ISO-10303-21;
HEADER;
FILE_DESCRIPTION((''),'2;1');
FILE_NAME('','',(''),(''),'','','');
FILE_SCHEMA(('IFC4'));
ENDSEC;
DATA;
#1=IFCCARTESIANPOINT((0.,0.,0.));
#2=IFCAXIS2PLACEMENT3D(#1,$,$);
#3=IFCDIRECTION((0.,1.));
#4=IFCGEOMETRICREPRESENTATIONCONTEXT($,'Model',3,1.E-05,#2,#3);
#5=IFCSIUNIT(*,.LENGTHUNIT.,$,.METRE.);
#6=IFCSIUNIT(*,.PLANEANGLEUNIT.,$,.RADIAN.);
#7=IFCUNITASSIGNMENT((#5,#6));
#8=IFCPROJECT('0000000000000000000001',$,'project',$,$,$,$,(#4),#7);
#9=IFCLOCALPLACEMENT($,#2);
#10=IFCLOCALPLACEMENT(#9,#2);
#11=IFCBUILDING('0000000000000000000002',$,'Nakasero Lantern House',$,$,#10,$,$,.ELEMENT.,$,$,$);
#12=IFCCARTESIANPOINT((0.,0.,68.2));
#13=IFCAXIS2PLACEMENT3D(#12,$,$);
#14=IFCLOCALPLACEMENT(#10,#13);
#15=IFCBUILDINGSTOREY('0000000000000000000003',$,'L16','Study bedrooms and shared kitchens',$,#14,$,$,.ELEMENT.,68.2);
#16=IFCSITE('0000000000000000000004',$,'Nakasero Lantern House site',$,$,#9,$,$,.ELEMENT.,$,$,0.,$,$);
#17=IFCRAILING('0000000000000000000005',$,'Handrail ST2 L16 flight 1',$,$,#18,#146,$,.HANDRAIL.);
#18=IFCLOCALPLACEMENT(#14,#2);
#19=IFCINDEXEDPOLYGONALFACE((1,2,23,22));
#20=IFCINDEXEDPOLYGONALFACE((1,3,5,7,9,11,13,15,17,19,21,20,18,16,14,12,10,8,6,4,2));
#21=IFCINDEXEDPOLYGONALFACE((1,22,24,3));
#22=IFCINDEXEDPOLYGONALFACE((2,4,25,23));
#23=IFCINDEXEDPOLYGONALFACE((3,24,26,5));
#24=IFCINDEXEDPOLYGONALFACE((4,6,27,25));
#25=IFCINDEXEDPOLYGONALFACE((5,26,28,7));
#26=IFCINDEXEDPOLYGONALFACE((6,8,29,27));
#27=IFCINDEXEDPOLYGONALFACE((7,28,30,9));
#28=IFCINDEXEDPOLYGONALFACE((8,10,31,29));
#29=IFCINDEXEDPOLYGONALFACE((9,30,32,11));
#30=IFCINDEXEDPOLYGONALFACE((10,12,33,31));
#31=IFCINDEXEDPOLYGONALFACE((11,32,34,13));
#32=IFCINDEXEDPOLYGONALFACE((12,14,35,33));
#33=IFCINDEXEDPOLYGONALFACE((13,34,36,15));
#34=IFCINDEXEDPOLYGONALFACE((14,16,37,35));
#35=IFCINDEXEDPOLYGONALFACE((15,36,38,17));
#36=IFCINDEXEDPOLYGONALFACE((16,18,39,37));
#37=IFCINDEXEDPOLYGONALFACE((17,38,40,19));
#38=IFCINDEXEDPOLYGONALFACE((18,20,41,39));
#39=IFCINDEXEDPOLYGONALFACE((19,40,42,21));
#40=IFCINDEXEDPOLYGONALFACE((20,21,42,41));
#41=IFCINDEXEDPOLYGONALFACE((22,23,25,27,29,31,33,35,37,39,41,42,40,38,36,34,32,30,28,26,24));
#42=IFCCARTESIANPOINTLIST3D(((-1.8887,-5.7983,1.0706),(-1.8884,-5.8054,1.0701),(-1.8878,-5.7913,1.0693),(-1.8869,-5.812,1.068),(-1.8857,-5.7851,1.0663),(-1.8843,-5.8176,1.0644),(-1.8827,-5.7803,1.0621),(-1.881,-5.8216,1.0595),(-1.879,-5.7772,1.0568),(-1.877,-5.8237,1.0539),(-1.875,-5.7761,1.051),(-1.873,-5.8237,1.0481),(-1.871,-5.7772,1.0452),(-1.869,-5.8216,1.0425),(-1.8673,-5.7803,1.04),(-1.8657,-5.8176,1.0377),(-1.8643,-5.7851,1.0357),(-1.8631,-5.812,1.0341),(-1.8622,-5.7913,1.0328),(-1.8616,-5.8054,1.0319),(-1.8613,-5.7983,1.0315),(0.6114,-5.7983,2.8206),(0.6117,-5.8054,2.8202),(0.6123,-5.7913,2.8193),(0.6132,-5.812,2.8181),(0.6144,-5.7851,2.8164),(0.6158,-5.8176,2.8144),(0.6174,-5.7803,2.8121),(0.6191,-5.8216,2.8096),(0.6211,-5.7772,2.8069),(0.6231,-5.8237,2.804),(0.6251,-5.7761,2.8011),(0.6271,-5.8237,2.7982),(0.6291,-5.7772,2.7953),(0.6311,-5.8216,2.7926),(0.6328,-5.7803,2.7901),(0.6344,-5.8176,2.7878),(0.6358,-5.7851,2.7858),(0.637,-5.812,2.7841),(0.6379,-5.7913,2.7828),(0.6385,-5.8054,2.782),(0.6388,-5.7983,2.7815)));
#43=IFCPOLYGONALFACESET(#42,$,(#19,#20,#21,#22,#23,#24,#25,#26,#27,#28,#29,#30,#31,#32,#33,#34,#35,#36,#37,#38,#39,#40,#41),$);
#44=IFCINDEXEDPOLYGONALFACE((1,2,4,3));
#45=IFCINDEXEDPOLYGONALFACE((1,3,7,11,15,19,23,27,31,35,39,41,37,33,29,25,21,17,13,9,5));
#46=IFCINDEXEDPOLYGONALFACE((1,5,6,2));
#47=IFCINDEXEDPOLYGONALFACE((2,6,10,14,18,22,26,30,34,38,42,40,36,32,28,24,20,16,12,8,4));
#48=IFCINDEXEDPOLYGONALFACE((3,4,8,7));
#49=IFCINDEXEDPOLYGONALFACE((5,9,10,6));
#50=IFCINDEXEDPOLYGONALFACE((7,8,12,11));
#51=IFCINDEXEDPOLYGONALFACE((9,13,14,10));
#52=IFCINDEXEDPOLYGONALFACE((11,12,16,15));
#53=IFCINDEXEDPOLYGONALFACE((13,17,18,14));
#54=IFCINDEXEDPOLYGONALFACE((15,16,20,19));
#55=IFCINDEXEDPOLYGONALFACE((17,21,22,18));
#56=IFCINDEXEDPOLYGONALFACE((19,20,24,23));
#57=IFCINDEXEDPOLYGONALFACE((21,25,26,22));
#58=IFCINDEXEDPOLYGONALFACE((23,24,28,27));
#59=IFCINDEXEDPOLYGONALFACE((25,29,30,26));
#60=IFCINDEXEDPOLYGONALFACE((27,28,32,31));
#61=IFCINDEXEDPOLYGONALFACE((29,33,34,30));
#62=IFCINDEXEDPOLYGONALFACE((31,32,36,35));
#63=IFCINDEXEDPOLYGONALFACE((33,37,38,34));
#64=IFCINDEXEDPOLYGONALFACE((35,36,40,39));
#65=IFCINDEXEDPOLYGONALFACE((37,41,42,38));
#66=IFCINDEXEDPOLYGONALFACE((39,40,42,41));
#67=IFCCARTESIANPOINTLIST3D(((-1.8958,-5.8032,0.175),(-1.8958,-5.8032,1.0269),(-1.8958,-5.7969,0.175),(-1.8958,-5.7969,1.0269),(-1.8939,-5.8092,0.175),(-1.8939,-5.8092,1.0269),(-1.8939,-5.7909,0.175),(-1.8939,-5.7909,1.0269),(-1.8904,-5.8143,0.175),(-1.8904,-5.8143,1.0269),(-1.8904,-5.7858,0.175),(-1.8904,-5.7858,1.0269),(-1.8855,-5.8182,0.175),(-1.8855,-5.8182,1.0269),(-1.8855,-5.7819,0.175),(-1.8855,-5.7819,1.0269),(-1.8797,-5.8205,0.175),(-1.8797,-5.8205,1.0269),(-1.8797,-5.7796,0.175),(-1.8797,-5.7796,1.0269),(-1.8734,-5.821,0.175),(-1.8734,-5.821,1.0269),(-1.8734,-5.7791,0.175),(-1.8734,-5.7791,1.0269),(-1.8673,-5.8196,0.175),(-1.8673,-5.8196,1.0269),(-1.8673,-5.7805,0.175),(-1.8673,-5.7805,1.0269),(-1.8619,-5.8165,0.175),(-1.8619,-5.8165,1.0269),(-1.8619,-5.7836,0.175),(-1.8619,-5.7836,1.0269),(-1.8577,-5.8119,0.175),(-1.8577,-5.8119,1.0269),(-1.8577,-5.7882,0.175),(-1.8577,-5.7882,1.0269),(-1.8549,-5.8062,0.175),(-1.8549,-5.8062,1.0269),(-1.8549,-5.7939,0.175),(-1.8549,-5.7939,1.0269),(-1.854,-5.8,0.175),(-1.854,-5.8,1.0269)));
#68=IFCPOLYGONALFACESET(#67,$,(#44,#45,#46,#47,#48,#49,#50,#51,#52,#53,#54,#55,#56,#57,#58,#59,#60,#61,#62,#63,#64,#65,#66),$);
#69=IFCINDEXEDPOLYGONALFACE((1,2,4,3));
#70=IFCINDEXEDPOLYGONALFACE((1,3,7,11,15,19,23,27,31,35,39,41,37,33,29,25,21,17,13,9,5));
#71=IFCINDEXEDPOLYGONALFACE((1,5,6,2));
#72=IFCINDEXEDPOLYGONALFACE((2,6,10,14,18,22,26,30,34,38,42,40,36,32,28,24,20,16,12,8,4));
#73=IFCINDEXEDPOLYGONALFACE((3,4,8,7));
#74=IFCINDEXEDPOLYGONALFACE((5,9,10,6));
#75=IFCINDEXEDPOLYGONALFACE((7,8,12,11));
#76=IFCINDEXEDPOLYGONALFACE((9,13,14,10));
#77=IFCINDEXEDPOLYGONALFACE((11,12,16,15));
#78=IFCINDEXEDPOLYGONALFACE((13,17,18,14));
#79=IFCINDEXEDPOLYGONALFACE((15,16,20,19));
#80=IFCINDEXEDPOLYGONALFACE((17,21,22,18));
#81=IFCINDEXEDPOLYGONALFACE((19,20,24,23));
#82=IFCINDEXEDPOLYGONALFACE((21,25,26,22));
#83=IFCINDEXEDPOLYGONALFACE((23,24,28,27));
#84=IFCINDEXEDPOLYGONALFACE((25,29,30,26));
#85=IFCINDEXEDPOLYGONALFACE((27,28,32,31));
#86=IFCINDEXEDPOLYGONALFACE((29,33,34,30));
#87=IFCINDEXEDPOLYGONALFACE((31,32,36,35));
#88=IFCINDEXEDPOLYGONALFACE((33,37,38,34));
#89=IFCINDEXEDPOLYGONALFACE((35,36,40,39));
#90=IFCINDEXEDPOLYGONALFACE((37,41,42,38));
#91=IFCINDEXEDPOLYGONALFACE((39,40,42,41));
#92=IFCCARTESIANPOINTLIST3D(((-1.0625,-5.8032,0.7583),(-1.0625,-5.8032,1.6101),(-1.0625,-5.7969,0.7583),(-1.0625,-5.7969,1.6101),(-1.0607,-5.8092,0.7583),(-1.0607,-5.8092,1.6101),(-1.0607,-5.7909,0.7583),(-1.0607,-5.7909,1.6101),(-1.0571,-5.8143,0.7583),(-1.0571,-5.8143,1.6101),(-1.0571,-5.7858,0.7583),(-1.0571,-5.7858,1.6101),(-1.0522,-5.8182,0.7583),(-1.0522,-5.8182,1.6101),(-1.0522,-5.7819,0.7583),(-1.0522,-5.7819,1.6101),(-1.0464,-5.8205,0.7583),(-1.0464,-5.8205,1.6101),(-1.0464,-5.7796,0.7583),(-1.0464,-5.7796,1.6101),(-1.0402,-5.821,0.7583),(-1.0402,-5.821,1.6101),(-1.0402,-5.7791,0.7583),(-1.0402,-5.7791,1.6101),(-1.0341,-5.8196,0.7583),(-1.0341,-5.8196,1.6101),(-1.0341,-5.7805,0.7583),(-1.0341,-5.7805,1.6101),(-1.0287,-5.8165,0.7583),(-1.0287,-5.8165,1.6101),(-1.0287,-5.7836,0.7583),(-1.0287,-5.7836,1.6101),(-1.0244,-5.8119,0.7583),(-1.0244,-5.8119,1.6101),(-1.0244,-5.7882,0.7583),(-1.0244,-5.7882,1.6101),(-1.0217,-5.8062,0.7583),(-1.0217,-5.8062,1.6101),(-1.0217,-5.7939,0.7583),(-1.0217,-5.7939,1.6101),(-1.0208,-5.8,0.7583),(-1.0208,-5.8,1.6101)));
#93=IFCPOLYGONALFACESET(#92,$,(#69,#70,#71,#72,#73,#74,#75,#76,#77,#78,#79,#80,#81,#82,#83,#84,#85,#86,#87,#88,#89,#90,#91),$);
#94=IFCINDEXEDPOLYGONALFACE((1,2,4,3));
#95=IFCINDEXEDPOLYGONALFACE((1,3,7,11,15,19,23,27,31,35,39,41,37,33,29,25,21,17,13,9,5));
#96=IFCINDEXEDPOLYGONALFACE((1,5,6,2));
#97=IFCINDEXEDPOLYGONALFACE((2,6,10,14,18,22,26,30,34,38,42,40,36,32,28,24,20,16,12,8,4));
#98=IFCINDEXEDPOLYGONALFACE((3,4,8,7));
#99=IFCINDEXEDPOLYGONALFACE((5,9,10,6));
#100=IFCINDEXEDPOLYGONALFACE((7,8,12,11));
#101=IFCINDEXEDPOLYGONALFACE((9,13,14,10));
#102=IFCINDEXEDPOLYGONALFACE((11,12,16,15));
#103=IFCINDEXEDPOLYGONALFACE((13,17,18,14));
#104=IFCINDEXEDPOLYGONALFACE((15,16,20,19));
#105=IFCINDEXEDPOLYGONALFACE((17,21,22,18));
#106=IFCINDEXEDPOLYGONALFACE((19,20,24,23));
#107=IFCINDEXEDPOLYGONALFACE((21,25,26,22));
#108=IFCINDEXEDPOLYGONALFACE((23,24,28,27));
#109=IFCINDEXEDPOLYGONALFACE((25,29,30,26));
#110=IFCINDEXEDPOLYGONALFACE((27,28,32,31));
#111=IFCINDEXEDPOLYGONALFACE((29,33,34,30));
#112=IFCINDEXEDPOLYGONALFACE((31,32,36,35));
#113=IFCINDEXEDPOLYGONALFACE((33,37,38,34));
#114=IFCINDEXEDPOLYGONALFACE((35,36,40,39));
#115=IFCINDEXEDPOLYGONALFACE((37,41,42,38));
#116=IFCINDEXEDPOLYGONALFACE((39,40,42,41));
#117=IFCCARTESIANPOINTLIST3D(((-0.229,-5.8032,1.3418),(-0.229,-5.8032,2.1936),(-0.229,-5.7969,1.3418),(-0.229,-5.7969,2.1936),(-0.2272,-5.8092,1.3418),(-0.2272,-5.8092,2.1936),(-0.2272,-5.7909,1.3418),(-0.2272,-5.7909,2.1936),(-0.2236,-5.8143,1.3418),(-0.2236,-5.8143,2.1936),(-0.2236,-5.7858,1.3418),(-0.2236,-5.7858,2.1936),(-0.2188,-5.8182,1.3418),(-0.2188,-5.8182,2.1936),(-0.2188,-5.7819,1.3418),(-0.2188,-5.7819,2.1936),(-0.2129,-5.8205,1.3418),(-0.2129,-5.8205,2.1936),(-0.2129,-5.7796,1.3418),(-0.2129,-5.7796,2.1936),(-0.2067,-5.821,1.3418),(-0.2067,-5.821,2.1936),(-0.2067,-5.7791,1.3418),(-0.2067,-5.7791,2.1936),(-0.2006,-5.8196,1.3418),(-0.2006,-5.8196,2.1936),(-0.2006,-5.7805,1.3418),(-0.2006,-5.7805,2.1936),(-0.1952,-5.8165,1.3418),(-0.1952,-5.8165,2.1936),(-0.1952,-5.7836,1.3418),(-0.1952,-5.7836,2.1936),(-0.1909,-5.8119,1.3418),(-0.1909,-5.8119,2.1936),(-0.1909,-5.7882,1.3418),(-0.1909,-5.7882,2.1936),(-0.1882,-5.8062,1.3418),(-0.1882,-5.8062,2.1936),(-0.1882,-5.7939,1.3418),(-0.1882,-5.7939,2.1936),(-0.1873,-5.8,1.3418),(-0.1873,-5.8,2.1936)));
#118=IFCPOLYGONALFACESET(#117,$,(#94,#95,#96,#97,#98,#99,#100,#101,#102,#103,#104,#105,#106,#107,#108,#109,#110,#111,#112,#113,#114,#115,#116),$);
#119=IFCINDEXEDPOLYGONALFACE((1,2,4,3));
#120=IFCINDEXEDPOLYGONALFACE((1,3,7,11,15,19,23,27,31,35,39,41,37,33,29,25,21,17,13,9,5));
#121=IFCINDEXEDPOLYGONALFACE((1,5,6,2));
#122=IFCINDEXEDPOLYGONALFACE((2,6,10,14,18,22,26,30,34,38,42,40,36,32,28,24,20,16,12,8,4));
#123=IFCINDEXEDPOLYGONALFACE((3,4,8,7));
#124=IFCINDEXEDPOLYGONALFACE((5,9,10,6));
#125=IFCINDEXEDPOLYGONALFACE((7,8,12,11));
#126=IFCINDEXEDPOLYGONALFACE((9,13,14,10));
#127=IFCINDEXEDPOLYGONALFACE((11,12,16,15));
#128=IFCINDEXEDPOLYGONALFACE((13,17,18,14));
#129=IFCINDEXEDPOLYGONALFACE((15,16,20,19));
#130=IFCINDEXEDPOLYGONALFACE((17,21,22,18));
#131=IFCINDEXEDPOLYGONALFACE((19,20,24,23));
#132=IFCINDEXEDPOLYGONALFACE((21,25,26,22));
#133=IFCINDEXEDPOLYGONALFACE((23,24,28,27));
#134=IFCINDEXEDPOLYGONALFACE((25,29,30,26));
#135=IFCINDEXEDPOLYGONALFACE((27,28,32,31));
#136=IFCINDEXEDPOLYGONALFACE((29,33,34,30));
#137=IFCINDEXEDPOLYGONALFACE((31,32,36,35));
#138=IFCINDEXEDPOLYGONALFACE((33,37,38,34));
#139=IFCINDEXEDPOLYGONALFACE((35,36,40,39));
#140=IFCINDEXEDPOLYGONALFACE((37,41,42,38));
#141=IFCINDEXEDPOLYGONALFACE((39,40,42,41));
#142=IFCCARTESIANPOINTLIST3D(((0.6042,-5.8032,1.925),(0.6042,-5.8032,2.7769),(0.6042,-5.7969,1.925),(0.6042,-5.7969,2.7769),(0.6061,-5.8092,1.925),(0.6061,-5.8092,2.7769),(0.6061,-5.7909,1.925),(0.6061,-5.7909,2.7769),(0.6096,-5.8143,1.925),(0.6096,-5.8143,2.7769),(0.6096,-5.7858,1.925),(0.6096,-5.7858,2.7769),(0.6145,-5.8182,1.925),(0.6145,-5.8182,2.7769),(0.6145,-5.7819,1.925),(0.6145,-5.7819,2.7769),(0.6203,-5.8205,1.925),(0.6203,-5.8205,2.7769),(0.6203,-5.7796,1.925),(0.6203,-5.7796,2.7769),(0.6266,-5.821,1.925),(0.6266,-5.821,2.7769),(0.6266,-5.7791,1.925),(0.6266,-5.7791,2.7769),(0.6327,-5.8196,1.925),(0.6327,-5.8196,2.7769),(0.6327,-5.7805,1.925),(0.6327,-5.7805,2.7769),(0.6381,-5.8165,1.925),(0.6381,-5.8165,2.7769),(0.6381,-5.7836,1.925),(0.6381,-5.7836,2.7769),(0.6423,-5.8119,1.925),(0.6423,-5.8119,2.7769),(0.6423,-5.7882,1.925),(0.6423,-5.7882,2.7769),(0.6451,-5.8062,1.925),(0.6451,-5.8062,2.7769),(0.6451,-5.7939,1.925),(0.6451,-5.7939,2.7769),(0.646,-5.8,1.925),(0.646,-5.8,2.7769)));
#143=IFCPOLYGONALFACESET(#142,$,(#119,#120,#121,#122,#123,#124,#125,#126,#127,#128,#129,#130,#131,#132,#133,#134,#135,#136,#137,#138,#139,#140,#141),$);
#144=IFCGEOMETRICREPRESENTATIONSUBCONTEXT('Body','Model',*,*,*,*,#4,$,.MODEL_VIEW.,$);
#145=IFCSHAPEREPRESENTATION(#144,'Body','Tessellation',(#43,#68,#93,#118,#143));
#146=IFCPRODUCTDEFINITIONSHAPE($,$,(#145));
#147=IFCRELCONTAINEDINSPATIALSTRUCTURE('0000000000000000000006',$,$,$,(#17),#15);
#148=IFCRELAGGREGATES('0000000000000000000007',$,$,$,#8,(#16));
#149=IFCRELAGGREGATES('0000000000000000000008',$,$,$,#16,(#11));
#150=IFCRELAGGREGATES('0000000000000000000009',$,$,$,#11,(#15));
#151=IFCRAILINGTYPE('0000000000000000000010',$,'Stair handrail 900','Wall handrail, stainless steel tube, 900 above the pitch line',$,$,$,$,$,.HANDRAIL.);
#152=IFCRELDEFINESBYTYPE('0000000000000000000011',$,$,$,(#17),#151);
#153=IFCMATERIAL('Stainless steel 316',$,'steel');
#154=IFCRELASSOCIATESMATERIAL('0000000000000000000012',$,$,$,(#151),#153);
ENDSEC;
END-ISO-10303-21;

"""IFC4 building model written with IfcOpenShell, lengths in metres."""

from ifc_helpers import new_model, si_unit, direction, frame, origin, origin_2d, place, context, subcontext, project, spatial, circle, extrude, material, type_object, element, save


model = new_model("IFC4")

# Units and contexts
model_context = context("Model", 3, precision=1e-05, world=origin(), true_north=direction((0.0, 1.0)))
body_context = subcontext(model_context, "Body", "Model", "MODEL_VIEW")
ifc_project = project(units=[si_unit("LENGTHUNIT", "METRE"), si_unit("PLANEANGLEUNIT", "RADIAN")], contexts=[model_context])

# Site, building, storey
site_placement = place(None, origin())
site = spatial("IfcSite", under=ifc_project, at=site_placement, Name="Nakasero Lantern House site", CompositionType="ELEMENT", RefElevation=0.0)
building_placement = place(site_placement, origin())
building = spatial("IfcBuilding", under=site, at=building_placement, Name="Nakasero Lantern House", CompositionType="ELEMENT")
storey_placement = place(building_placement, frame((0.0, 0.0, 68.2)))
storey = spatial("IfcBuildingStorey", under=building, at=storey_placement, Name="L16", Description="Study bedrooms and shared kitchens", CompositionType="ELEMENT", Elevation=68.2)

# Railing
ifc_material_1 = material(Name="Stainless steel 316", Category="steel")
railing_type = type_object("IfcRailingType", Name="Stair handrail 900", Description="Wall handrail, stainless steel tube, 900 above the pitch line", PredefinedType="HANDRAIL", material=ifc_material_1)
railing_placement = place(storey_placement, frame((-1.875, -5.8, 0.175)))
element("IfcRailing", 1, at=railing_placement, inside=storey, type_object=railing_type, Name="Handrail ST2 L16 flight 1", PredefinedType="HANDRAIL", context=body_context, shape_type="SweptSolid", body=[
    extrude(circle(Radius=0.0239, at=origin_2d()), frame((0.0, 0.0, 0.876), z_axis=(0.819232, 0.0, 0.573462), x_axis=(0.0, 1.0, 0.0)), (0.0, 0.0, 1.0), 3.0518),
    extrude(circle(Radius=0.021, at=origin_2d()), origin(), (0.0, 0.0, 1.0), 0.8518),
    extrude(circle(Radius=0.021, at=origin_2d()), frame((0.8333, 0.0, 0.5833)), (0.0, 0.0, 1.0), 0.8518),
    extrude(circle(Radius=0.021, at=origin_2d()), frame((1.6667, 0.0, 1.1667)), (0.0, 0.0, 1.0), 0.8518),
    extrude(circle(Radius=0.021, at=origin_2d()), frame((2.5, 0.0, 1.75)), (0.0, 0.0, 1.0), 0.8518),
])

save(model, "model.ifc")
